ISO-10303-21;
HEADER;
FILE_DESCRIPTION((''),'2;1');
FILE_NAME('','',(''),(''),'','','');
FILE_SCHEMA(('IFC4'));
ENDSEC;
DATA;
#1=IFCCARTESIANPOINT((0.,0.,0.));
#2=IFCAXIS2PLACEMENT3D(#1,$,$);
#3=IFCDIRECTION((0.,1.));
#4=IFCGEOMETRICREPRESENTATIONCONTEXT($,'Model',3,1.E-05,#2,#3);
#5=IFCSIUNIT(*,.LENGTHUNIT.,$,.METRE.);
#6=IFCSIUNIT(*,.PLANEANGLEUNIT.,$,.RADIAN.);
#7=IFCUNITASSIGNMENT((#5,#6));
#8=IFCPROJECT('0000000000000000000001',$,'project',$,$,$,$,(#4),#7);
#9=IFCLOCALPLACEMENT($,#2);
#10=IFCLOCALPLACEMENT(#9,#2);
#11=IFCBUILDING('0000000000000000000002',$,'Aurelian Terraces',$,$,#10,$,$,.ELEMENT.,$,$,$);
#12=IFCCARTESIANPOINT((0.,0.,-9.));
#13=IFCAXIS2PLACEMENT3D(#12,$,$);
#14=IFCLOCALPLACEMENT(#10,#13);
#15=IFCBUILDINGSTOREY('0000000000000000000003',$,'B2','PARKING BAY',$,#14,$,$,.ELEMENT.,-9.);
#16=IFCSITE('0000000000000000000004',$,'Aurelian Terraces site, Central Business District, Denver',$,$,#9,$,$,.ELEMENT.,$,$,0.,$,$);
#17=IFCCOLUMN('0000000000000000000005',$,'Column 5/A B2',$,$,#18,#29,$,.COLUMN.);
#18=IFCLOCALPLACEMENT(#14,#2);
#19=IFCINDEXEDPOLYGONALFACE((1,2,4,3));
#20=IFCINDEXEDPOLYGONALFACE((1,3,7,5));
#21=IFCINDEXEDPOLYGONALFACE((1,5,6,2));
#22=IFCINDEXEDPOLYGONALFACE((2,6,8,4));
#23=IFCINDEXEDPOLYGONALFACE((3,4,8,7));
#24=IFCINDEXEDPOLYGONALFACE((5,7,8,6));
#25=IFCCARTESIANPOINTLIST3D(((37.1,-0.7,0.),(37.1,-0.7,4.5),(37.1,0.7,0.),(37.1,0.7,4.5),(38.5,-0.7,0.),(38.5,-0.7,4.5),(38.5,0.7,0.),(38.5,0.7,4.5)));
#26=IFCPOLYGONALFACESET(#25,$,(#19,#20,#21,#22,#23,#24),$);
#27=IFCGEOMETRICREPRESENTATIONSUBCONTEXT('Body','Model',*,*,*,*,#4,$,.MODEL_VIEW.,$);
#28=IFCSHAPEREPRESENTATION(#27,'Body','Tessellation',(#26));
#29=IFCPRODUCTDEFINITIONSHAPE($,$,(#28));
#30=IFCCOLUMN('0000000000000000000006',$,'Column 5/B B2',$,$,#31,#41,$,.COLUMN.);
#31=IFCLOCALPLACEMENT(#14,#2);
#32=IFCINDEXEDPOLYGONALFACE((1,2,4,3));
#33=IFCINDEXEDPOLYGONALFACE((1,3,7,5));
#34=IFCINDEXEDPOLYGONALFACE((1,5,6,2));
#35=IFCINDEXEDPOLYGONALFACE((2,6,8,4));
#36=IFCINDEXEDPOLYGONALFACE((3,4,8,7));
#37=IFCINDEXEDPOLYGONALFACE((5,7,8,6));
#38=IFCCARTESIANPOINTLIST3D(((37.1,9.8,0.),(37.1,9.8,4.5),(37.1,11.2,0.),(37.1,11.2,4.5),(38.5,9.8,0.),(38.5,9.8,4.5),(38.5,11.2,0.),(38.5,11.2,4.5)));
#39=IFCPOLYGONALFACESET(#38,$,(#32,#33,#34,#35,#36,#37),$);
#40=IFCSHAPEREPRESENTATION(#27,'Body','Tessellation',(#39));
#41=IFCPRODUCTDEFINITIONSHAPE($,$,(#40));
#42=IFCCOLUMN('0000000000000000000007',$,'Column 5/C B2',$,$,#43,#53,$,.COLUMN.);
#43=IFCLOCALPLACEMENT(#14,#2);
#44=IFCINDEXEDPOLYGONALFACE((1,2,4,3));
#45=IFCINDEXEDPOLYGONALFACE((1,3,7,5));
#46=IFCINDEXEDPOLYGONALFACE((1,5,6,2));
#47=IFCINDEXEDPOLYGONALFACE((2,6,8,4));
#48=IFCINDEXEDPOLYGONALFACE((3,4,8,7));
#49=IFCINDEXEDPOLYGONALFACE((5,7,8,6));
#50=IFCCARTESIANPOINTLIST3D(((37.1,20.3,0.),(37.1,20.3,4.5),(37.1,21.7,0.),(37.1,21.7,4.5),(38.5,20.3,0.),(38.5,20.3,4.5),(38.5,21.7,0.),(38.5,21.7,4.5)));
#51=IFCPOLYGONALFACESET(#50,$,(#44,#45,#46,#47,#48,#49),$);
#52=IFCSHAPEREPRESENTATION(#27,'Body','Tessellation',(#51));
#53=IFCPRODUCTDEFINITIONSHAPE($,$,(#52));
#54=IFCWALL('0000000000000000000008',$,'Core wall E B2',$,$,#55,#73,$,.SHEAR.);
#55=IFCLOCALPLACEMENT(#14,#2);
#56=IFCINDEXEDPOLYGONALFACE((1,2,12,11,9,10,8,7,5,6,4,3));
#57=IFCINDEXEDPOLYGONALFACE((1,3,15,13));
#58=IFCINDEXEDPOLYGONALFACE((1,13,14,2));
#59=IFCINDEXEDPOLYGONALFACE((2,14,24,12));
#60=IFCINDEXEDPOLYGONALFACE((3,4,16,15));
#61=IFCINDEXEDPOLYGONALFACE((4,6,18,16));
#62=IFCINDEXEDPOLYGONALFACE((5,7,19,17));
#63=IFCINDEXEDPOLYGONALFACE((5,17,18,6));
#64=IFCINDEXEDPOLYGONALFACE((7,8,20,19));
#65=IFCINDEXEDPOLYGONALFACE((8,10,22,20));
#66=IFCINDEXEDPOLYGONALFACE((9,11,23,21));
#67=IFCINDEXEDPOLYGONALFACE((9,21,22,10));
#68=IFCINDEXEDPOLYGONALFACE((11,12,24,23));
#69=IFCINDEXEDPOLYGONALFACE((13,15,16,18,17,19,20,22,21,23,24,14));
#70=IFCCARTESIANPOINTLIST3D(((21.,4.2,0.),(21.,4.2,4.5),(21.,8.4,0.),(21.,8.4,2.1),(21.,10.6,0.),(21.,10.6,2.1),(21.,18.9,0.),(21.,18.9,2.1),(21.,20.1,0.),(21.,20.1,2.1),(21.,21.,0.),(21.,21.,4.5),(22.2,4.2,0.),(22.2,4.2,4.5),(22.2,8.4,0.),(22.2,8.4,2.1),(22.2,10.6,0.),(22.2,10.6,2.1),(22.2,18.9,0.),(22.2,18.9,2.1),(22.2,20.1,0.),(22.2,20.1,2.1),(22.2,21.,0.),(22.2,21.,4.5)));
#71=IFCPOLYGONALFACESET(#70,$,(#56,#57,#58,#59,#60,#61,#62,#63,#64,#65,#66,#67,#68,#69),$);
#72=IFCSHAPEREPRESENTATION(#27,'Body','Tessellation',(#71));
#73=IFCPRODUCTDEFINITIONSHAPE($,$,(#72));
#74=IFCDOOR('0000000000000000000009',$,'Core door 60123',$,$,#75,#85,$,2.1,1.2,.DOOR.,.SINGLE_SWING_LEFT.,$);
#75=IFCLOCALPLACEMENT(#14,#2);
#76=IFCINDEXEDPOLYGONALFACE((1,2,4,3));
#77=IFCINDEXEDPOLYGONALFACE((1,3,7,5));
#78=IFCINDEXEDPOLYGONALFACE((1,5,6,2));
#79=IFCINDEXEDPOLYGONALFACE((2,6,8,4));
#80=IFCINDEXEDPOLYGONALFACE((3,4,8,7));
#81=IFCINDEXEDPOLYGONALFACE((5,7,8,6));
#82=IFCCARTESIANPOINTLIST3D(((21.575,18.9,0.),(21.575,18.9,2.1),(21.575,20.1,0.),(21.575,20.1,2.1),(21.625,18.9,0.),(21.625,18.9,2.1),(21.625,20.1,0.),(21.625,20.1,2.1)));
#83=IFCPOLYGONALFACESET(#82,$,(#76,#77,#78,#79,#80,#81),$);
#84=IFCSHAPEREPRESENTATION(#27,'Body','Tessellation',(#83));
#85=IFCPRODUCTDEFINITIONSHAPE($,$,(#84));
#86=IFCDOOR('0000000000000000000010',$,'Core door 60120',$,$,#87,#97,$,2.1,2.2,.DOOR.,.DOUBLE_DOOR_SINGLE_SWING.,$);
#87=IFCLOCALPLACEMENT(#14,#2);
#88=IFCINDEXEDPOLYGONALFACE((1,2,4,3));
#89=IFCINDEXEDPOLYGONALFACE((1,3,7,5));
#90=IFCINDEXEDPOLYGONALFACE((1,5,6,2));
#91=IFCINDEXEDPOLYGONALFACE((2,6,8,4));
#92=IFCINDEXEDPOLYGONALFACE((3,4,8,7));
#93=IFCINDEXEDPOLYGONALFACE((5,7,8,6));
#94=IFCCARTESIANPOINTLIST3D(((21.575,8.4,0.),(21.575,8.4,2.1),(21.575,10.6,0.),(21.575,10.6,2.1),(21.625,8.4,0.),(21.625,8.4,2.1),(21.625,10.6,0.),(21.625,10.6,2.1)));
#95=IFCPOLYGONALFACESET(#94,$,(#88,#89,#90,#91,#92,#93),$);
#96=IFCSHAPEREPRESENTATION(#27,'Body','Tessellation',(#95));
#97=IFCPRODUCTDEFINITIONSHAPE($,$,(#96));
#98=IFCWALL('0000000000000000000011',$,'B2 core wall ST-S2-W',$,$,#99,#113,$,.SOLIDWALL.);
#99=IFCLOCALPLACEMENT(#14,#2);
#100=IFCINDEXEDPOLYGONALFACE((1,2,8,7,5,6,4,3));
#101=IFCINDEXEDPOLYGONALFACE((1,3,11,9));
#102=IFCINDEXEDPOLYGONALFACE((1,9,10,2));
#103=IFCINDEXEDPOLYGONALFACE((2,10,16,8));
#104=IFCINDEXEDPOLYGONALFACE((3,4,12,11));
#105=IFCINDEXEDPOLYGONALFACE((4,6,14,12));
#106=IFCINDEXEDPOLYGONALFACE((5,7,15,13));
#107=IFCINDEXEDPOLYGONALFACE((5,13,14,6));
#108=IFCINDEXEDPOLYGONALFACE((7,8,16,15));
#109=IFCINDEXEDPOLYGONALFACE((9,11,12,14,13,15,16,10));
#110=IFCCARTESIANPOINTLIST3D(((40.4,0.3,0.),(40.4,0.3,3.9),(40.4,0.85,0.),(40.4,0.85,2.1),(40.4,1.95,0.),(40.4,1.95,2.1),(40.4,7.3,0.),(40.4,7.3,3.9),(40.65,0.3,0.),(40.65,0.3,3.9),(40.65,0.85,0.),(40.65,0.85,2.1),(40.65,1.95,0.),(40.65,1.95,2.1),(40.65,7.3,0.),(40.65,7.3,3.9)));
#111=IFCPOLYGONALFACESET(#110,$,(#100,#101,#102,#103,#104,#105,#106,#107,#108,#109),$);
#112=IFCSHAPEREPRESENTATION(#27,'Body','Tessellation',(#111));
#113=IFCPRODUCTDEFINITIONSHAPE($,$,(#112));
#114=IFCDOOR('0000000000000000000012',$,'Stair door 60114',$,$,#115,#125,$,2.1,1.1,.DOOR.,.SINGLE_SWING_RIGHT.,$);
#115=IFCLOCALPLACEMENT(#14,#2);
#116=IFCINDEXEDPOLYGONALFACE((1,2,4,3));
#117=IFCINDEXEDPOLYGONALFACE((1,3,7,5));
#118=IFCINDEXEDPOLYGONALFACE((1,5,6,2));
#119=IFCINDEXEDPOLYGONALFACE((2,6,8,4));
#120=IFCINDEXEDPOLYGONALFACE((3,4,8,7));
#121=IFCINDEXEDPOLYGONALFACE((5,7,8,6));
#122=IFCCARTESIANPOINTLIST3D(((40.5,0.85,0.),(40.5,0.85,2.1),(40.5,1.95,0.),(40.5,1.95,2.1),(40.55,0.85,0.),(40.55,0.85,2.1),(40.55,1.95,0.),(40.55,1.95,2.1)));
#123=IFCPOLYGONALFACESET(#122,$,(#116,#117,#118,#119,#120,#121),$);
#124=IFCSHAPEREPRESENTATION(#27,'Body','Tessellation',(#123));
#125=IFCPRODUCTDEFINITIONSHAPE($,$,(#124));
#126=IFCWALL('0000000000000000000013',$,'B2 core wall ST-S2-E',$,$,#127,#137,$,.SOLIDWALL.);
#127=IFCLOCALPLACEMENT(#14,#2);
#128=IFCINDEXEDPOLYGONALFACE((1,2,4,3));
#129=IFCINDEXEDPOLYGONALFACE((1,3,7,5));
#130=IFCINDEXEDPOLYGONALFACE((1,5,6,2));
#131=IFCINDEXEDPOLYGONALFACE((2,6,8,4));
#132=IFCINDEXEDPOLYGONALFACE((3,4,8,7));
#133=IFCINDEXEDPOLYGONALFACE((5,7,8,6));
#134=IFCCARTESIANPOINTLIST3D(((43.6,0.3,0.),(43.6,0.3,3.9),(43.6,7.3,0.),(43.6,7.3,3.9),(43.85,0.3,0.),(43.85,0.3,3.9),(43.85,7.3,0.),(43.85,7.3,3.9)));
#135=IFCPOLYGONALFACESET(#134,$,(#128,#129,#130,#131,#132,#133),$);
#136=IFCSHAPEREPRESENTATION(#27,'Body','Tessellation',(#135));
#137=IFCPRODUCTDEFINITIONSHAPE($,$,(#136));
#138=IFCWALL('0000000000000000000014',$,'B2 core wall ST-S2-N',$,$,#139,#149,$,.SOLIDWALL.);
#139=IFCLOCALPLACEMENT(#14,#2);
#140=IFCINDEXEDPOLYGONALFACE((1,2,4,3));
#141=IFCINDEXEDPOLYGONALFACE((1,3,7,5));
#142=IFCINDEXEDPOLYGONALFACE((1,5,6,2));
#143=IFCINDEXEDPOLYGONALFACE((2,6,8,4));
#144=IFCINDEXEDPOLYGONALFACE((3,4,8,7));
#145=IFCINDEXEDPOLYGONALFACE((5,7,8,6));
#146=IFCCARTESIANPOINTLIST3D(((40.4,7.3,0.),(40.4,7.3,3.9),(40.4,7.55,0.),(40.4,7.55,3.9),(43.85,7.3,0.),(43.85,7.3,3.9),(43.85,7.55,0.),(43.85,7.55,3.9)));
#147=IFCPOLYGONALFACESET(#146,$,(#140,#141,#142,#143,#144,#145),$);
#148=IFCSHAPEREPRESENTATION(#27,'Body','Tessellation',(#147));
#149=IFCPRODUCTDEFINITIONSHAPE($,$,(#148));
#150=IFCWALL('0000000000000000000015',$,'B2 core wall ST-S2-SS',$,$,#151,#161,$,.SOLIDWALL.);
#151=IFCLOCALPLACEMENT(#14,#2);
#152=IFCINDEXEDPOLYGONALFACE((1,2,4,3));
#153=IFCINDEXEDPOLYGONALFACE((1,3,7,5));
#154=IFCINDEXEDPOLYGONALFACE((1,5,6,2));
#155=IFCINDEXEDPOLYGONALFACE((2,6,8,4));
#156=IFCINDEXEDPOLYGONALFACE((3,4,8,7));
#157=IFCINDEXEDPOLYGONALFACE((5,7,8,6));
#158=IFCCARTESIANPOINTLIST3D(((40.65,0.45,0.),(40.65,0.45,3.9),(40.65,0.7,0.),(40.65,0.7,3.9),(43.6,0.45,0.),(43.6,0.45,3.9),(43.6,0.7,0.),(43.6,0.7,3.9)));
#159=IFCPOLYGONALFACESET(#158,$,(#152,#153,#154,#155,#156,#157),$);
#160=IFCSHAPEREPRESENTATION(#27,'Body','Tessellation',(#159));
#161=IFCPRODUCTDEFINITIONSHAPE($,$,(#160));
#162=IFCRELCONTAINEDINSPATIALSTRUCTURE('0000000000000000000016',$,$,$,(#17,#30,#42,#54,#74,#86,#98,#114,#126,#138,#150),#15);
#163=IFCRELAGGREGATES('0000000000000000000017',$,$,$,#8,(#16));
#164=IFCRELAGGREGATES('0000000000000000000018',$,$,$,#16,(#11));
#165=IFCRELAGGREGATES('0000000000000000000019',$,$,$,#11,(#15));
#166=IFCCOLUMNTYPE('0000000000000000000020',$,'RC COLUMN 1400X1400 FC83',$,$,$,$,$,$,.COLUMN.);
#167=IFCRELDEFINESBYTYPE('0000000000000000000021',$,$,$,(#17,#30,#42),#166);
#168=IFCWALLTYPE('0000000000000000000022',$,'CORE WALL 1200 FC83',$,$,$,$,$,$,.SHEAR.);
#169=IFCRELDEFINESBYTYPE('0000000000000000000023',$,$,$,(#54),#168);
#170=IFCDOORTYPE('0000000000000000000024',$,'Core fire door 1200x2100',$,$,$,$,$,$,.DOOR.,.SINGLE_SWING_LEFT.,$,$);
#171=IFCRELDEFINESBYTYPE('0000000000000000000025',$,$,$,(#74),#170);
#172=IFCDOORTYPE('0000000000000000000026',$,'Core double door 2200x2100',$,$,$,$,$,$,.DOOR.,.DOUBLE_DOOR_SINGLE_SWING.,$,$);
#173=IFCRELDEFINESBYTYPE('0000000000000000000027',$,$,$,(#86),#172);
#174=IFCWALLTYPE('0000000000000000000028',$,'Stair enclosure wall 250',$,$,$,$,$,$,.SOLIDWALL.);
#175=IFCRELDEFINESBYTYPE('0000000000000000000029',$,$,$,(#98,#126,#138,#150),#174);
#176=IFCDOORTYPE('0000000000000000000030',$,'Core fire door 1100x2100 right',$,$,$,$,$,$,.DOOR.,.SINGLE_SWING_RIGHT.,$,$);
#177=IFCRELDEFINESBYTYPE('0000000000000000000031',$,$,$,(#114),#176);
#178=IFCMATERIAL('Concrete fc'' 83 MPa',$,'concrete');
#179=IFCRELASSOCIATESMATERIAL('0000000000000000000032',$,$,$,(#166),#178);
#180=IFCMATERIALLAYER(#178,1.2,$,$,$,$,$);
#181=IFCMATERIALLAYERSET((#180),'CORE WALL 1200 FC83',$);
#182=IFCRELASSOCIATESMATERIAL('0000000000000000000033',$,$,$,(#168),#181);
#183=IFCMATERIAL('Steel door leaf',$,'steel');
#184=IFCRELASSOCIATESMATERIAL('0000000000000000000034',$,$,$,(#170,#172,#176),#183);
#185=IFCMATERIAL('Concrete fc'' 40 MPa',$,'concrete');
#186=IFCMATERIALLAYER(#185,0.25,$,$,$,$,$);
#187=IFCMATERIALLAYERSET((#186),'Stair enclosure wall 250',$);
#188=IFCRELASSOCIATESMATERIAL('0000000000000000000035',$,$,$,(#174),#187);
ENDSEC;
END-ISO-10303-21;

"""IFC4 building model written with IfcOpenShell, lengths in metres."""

from ifc_helpers import new_model, si_unit, direction, frame, frame_2d, origin, origin_2d, place, context, subcontext, project, spatial, rectangle, extrude, source, transform, mapped, material, layer, layer_set, material_profile, profile_set, type_object, element, fill, save


model = new_model("IFC4")

# Units and contexts
model_context = context("Model", 3, precision=1e-05, world=origin(), true_north=direction((0.0, 1.0)))
body_context = subcontext(model_context, "Body", "Model", "MODEL_VIEW")
ifc_project = project(units=[si_unit("LENGTHUNIT", "METRE"), si_unit("PLANEANGLEUNIT", "RADIAN")], contexts=[model_context])

# Site, building, storey
site_placement = place(None, origin())
site = spatial("IfcSite", under=ifc_project, at=site_placement, Name="Aurelian Terraces site, Central Business District, Denver", CompositionType="ELEMENT", RefElevation=0.0)
building_placement = place(site_placement, origin())
building = spatial("IfcBuilding", under=site, at=building_placement, Name="Aurelian Terraces", CompositionType="ELEMENT")
storey_placement = place(building_placement, frame((0.0, 0.0, -9.0)))
storey = spatial("IfcBuildingStorey", under=building, at=storey_placement, Name="B2", Description="PARKING BAY", CompositionType="ELEMENT", Elevation=-9.0)

# Columns
ifc_material_1 = material(Name="Concrete fc' 83 MPa", Category="concrete")
ifc_material_profile = material_profile(ifc_material_1, rectangle(XDim=1.4, YDim=1.4, at=origin_2d()))
ifc_profile_set = profile_set([ifc_material_profile], Name="Concrete fc' 83 MPa")
column_type = type_object("IfcColumnType", Name="RC COLUMN 1400X1400 FC83", PredefinedType="COLUMN", material=ifc_profile_set)
shared_shape_1 = source(origin(), body_context, "Body", "SweptSolid", [
    extrude(rectangle(XDim=1.4, YDim=1.4, at=origin_2d()), origin(), (0.0, 0.0, 1.0), 4.5),
])
for number, where, z_axis, x_axis, name in (
    (1, (37.8, 0.0, 0.0), (0.0, 0.0, 1.0), (1.0, 0.0, 0.0), "Column 5/A B2"),
    (2, (37.8, 10.5, 0.0), (0.0, 0.0, 1.0), (1.0, 0.0, 0.0), "Column 5/B B2"),
    (3, (37.8, 21.0, 0.0), (0.0, 0.0, 1.0), (1.0, 0.0, 0.0), "Column 5/C B2"),
):
    element("IfcColumn", number, at=place(storey_placement, frame(where, z_axis=z_axis, x_axis=x_axis)), inside=storey, type_object=column_type, Name=name, PredefinedType="COLUMN", context=body_context, shape_type="MappedRepresentation", body=[
        mapped(shared_shape_1, transform((0.0, 0.0, 0.0), scale=1.0)),
    ])

# Wall, openings, doors
ifc_layer_1 = layer(ifc_material_1, 1.2)
ifc_layer_set_1 = layer_set([ifc_layer_1], Name="CORE WALL 1200 FC83")
wall_type_1 = type_object("IfcWallType", Name="CORE WALL 1200 FC83", PredefinedType="SHEAR", material=ifc_layer_set_1)
shared_shape_2 = source(origin(), body_context, "Body", "SweptSolid", [
    extrude(rectangle(XDim=16.8, YDim=1.2, at=frame_2d((8.4, 0.0))), origin(), (0.0, 0.0, 1.0), 4.5),
])
wall_1_placement = place(storey_placement, frame((21.6, 4.2, 0.0), z_axis=(0.0, 0.0, 1.0), x_axis=(0.0, 1.0, 0.0)))
wall_1 = element("IfcWall", 4, at=wall_1_placement, inside=storey, type_object=wall_type_1, Name="Core wall E B2", PredefinedType="SHEAR", context=body_context, shape_type="MappedRepresentation", body=[
    mapped(shared_shape_2, transform((0.0, 0.0, 0.0), scale=1.0)),
])
shared_shape_3 = source(origin(), body_context, "Body", "SweptSolid", [
    extrude(rectangle(XDim=2.2, YDim=2.1, at=frame_2d((1.1, 1.05))), frame((0.0, 0.61, 0.0), z_axis=(0.0, -1.0, 0.0), x_axis=(1.0, 0.0, 0.0)), (0.0, 0.0, 1.0), 1.22),
])
opening_1_placement = place(wall_1_placement, frame((4.2, 0.0, 0.0)))
opening_1 = element("IfcOpeningElement", 5, at=opening_1_placement, cuts=wall_1, PredefinedType="OPENING", context=body_context, shape_type="MappedRepresentation", body=[
    mapped(shared_shape_3, transform((0.0, 0.0, 0.0), scale=1.0)),
])
shared_shape_4 = source(origin(), body_context, "Body", "SweptSolid", [
    extrude(rectangle(XDim=1.2, YDim=2.1, at=frame_2d((0.6, 1.05))), frame((0.0, 0.61, 0.0), z_axis=(0.0, -1.0, 0.0), x_axis=(1.0, 0.0, 0.0)), (0.0, 0.0, 1.0), 1.22),
])
opening_2_placement = place(wall_1_placement, frame((14.7, 0.0, 0.0)))
opening_2 = element("IfcOpeningElement", 6, at=opening_2_placement, cuts=wall_1, PredefinedType="OPENING", context=body_context, shape_type="MappedRepresentation", body=[
    mapped(shared_shape_4, transform((0.0, 0.0, 0.0), scale=1.0)),
])
ifc_material_2 = material(Name="Steel door leaf", Category="steel")
door_type_1 = type_object("IfcDoorType", Name="Core fire door 1200x2100", OperationType="SINGLE_SWING_LEFT", PredefinedType="DOOR", material=ifc_material_2)
shared_shape_5 = source(origin(), body_context, "Body", "SweptSolid", [
    extrude(rectangle(XDim=1.2, YDim=2.1, at=frame_2d((0.6, 1.05))), frame((0.0, 0.025, 0.0), z_axis=(0.0, -1.0, 0.0), x_axis=(1.0, 0.0, 0.0)), (0.0, 0.0, 1.0), 0.05),
])
door_1_placement = place(opening_2_placement, origin())
door_1 = element("IfcDoor", 7, at=door_1_placement, inside=storey, type_object=door_type_1, Name="Core door 60123", OperationType="SINGLE_SWING_LEFT", OverallHeight=2.1, OverallWidth=1.2, PredefinedType="DOOR", context=body_context, shape_type="MappedRepresentation", body=[
    mapped(shared_shape_5, transform((0.0, 0.0, 0.0), scale=1.0)),
])
fill(opening_2, door_1)
door_type_2 = type_object("IfcDoorType", Name="Core double door 2200x2100", OperationType="DOUBLE_DOOR_SINGLE_SWING", PredefinedType="DOOR", material=ifc_material_2)
shared_shape_6 = source(origin(), body_context, "Body", "SweptSolid", [
    extrude(rectangle(XDim=2.2, YDim=2.1, at=frame_2d((1.1, 1.05))), frame((0.0, 0.025, 0.0), z_axis=(0.0, -1.0, 0.0), x_axis=(1.0, 0.0, 0.0)), (0.0, 0.0, 1.0), 0.05),
])
door_2_placement = place(opening_1_placement, origin())
door_2 = element("IfcDoor", 8, at=door_2_placement, inside=storey, type_object=door_type_2, Name="Core door 60120", OperationType="DOUBLE_DOOR_SINGLE_SWING", OverallHeight=2.1, OverallWidth=2.2, PredefinedType="DOOR", context=body_context, shape_type="MappedRepresentation", body=[
    mapped(shared_shape_6, transform((0.0, 0.0, 0.0), scale=1.0)),
])
fill(opening_1, door_2)

# Wall, opening, door
ifc_material_3 = material(Name="Concrete fc' 40 MPa", Category="concrete")
ifc_layer_2 = layer(ifc_material_3, 0.25)
ifc_layer_set_2 = layer_set([ifc_layer_2], Name="Stair enclosure wall 250")
wall_type_2 = type_object("IfcWallType", Name="Stair enclosure wall 250", PredefinedType="SOLIDWALL", material=ifc_layer_set_2)
shared_shape_7 = source(origin(), body_context, "Body", "SweptSolid", [
    extrude(rectangle(XDim=7.0, YDim=0.25, at=frame_2d((3.5, 0.0))), origin(), (0.0, 0.0, 1.0), 3.9),
])
wall_2_placement = place(storey_placement, frame((40.525, 0.3, 0.0), z_axis=(0.0, 0.0, 1.0), x_axis=(0.0, 1.0, 0.0)))
wall_2 = element("IfcWall", 9, at=wall_2_placement, inside=storey, type_object=wall_type_2, Name="B2 core wall ST-S2-W", PredefinedType="SOLIDWALL", context=body_context, shape_type="MappedRepresentation", body=[
    mapped(shared_shape_7, transform((0.0, 0.0, 0.0), scale=1.0)),
])
shared_shape_8 = source(origin(), body_context, "Body", "SweptSolid", [
    extrude(rectangle(XDim=1.1, YDim=2.1, at=frame_2d((0.55, 1.05))), frame((0.0, 0.135, 0.0), z_axis=(0.0, -1.0, 0.0), x_axis=(1.0, 0.0, 0.0)), (0.0, 0.0, 1.0), 0.27),
])
opening_3_placement = place(wall_2_placement, frame((0.55, 0.0, 0.0)))
opening_3 = element("IfcOpeningElement", 10, at=opening_3_placement, cuts=wall_2, PredefinedType="OPENING", context=body_context, shape_type="MappedRepresentation", body=[
    mapped(shared_shape_8, transform((0.0, 0.0, 0.0), scale=1.0)),
])
door_type_3 = type_object("IfcDoorType", Name="Core fire door 1100x2100 right", OperationType="SINGLE_SWING_RIGHT", PredefinedType="DOOR", material=ifc_material_2)
shared_shape_9 = source(origin(), body_context, "Body", "SweptSolid", [
    extrude(rectangle(XDim=1.1, YDim=2.1, at=frame_2d((0.55, 1.05))), frame((0.0, 0.025, 0.0), z_axis=(0.0, -1.0, 0.0), x_axis=(1.0, 0.0, 0.0)), (0.0, 0.0, 1.0), 0.05),
])
door_3_placement = place(opening_3_placement, origin())
door_3 = element("IfcDoor", 11, at=door_3_placement, inside=storey, type_object=door_type_3, Name="Stair door 60114", OperationType="SINGLE_SWING_RIGHT", OverallHeight=2.1, OverallWidth=1.1, PredefinedType="DOOR", context=body_context, shape_type="MappedRepresentation", body=[
    mapped(shared_shape_9, transform((0.0, 0.0, 0.0), scale=1.0)),
])
fill(opening_3, door_3)

# Walls
wall_3_placement = place(storey_placement, frame((43.725, 0.3, 0.0), z_axis=(0.0, 0.0, 1.0), x_axis=(0.0, 1.0, 0.0)))
element("IfcWall", 12, at=wall_3_placement, inside=storey, type_object=wall_type_2, Name="B2 core wall ST-S2-E", PredefinedType="SOLIDWALL", context=body_context, shape_type="MappedRepresentation", body=[
    mapped(shared_shape_7, transform((0.0, 0.0, 0.0), scale=1.0)),
])
shared_shape_10 = source(origin(), body_context, "Body", "SweptSolid", [
    extrude(rectangle(XDim=3.45, YDim=0.25, at=frame_2d((1.725, 0.0))), origin(), (0.0, 0.0, 1.0), 3.9),
])
wall_4_placement = place(storey_placement, frame((40.4, 7.425, 0.0), z_axis=(0.0, 0.0, 1.0), x_axis=(1.0, 0.0, 0.0)))
element("IfcWall", 13, at=wall_4_placement, inside=storey, type_object=wall_type_2, Name="B2 core wall ST-S2-N", PredefinedType="SOLIDWALL", context=body_context, shape_type="MappedRepresentation", body=[
    mapped(shared_shape_10, transform((0.0, 0.0, 0.0), scale=1.0)),
])
shared_shape_11 = source(origin(), body_context, "Body", "SweptSolid", [
    extrude(rectangle(XDim=2.95, YDim=0.25, at=frame_2d((1.475, 0.0))), origin(), (0.0, 0.0, 1.0), 3.9),
])
wall_5_placement = place(storey_placement, frame((40.65, 0.575, 0.0), z_axis=(0.0, 0.0, 1.0), x_axis=(1.0, 0.0, 0.0)))
element("IfcWall", 14, at=wall_5_placement, inside=storey, type_object=wall_type_2, Name="B2 core wall ST-S2-SS", PredefinedType="SOLIDWALL", context=body_context, shape_type="MappedRepresentation", body=[
    mapped(shared_shape_11, transform((0.0, 0.0, 0.0), scale=1.0)),
])

save(model, "model.ifc")
